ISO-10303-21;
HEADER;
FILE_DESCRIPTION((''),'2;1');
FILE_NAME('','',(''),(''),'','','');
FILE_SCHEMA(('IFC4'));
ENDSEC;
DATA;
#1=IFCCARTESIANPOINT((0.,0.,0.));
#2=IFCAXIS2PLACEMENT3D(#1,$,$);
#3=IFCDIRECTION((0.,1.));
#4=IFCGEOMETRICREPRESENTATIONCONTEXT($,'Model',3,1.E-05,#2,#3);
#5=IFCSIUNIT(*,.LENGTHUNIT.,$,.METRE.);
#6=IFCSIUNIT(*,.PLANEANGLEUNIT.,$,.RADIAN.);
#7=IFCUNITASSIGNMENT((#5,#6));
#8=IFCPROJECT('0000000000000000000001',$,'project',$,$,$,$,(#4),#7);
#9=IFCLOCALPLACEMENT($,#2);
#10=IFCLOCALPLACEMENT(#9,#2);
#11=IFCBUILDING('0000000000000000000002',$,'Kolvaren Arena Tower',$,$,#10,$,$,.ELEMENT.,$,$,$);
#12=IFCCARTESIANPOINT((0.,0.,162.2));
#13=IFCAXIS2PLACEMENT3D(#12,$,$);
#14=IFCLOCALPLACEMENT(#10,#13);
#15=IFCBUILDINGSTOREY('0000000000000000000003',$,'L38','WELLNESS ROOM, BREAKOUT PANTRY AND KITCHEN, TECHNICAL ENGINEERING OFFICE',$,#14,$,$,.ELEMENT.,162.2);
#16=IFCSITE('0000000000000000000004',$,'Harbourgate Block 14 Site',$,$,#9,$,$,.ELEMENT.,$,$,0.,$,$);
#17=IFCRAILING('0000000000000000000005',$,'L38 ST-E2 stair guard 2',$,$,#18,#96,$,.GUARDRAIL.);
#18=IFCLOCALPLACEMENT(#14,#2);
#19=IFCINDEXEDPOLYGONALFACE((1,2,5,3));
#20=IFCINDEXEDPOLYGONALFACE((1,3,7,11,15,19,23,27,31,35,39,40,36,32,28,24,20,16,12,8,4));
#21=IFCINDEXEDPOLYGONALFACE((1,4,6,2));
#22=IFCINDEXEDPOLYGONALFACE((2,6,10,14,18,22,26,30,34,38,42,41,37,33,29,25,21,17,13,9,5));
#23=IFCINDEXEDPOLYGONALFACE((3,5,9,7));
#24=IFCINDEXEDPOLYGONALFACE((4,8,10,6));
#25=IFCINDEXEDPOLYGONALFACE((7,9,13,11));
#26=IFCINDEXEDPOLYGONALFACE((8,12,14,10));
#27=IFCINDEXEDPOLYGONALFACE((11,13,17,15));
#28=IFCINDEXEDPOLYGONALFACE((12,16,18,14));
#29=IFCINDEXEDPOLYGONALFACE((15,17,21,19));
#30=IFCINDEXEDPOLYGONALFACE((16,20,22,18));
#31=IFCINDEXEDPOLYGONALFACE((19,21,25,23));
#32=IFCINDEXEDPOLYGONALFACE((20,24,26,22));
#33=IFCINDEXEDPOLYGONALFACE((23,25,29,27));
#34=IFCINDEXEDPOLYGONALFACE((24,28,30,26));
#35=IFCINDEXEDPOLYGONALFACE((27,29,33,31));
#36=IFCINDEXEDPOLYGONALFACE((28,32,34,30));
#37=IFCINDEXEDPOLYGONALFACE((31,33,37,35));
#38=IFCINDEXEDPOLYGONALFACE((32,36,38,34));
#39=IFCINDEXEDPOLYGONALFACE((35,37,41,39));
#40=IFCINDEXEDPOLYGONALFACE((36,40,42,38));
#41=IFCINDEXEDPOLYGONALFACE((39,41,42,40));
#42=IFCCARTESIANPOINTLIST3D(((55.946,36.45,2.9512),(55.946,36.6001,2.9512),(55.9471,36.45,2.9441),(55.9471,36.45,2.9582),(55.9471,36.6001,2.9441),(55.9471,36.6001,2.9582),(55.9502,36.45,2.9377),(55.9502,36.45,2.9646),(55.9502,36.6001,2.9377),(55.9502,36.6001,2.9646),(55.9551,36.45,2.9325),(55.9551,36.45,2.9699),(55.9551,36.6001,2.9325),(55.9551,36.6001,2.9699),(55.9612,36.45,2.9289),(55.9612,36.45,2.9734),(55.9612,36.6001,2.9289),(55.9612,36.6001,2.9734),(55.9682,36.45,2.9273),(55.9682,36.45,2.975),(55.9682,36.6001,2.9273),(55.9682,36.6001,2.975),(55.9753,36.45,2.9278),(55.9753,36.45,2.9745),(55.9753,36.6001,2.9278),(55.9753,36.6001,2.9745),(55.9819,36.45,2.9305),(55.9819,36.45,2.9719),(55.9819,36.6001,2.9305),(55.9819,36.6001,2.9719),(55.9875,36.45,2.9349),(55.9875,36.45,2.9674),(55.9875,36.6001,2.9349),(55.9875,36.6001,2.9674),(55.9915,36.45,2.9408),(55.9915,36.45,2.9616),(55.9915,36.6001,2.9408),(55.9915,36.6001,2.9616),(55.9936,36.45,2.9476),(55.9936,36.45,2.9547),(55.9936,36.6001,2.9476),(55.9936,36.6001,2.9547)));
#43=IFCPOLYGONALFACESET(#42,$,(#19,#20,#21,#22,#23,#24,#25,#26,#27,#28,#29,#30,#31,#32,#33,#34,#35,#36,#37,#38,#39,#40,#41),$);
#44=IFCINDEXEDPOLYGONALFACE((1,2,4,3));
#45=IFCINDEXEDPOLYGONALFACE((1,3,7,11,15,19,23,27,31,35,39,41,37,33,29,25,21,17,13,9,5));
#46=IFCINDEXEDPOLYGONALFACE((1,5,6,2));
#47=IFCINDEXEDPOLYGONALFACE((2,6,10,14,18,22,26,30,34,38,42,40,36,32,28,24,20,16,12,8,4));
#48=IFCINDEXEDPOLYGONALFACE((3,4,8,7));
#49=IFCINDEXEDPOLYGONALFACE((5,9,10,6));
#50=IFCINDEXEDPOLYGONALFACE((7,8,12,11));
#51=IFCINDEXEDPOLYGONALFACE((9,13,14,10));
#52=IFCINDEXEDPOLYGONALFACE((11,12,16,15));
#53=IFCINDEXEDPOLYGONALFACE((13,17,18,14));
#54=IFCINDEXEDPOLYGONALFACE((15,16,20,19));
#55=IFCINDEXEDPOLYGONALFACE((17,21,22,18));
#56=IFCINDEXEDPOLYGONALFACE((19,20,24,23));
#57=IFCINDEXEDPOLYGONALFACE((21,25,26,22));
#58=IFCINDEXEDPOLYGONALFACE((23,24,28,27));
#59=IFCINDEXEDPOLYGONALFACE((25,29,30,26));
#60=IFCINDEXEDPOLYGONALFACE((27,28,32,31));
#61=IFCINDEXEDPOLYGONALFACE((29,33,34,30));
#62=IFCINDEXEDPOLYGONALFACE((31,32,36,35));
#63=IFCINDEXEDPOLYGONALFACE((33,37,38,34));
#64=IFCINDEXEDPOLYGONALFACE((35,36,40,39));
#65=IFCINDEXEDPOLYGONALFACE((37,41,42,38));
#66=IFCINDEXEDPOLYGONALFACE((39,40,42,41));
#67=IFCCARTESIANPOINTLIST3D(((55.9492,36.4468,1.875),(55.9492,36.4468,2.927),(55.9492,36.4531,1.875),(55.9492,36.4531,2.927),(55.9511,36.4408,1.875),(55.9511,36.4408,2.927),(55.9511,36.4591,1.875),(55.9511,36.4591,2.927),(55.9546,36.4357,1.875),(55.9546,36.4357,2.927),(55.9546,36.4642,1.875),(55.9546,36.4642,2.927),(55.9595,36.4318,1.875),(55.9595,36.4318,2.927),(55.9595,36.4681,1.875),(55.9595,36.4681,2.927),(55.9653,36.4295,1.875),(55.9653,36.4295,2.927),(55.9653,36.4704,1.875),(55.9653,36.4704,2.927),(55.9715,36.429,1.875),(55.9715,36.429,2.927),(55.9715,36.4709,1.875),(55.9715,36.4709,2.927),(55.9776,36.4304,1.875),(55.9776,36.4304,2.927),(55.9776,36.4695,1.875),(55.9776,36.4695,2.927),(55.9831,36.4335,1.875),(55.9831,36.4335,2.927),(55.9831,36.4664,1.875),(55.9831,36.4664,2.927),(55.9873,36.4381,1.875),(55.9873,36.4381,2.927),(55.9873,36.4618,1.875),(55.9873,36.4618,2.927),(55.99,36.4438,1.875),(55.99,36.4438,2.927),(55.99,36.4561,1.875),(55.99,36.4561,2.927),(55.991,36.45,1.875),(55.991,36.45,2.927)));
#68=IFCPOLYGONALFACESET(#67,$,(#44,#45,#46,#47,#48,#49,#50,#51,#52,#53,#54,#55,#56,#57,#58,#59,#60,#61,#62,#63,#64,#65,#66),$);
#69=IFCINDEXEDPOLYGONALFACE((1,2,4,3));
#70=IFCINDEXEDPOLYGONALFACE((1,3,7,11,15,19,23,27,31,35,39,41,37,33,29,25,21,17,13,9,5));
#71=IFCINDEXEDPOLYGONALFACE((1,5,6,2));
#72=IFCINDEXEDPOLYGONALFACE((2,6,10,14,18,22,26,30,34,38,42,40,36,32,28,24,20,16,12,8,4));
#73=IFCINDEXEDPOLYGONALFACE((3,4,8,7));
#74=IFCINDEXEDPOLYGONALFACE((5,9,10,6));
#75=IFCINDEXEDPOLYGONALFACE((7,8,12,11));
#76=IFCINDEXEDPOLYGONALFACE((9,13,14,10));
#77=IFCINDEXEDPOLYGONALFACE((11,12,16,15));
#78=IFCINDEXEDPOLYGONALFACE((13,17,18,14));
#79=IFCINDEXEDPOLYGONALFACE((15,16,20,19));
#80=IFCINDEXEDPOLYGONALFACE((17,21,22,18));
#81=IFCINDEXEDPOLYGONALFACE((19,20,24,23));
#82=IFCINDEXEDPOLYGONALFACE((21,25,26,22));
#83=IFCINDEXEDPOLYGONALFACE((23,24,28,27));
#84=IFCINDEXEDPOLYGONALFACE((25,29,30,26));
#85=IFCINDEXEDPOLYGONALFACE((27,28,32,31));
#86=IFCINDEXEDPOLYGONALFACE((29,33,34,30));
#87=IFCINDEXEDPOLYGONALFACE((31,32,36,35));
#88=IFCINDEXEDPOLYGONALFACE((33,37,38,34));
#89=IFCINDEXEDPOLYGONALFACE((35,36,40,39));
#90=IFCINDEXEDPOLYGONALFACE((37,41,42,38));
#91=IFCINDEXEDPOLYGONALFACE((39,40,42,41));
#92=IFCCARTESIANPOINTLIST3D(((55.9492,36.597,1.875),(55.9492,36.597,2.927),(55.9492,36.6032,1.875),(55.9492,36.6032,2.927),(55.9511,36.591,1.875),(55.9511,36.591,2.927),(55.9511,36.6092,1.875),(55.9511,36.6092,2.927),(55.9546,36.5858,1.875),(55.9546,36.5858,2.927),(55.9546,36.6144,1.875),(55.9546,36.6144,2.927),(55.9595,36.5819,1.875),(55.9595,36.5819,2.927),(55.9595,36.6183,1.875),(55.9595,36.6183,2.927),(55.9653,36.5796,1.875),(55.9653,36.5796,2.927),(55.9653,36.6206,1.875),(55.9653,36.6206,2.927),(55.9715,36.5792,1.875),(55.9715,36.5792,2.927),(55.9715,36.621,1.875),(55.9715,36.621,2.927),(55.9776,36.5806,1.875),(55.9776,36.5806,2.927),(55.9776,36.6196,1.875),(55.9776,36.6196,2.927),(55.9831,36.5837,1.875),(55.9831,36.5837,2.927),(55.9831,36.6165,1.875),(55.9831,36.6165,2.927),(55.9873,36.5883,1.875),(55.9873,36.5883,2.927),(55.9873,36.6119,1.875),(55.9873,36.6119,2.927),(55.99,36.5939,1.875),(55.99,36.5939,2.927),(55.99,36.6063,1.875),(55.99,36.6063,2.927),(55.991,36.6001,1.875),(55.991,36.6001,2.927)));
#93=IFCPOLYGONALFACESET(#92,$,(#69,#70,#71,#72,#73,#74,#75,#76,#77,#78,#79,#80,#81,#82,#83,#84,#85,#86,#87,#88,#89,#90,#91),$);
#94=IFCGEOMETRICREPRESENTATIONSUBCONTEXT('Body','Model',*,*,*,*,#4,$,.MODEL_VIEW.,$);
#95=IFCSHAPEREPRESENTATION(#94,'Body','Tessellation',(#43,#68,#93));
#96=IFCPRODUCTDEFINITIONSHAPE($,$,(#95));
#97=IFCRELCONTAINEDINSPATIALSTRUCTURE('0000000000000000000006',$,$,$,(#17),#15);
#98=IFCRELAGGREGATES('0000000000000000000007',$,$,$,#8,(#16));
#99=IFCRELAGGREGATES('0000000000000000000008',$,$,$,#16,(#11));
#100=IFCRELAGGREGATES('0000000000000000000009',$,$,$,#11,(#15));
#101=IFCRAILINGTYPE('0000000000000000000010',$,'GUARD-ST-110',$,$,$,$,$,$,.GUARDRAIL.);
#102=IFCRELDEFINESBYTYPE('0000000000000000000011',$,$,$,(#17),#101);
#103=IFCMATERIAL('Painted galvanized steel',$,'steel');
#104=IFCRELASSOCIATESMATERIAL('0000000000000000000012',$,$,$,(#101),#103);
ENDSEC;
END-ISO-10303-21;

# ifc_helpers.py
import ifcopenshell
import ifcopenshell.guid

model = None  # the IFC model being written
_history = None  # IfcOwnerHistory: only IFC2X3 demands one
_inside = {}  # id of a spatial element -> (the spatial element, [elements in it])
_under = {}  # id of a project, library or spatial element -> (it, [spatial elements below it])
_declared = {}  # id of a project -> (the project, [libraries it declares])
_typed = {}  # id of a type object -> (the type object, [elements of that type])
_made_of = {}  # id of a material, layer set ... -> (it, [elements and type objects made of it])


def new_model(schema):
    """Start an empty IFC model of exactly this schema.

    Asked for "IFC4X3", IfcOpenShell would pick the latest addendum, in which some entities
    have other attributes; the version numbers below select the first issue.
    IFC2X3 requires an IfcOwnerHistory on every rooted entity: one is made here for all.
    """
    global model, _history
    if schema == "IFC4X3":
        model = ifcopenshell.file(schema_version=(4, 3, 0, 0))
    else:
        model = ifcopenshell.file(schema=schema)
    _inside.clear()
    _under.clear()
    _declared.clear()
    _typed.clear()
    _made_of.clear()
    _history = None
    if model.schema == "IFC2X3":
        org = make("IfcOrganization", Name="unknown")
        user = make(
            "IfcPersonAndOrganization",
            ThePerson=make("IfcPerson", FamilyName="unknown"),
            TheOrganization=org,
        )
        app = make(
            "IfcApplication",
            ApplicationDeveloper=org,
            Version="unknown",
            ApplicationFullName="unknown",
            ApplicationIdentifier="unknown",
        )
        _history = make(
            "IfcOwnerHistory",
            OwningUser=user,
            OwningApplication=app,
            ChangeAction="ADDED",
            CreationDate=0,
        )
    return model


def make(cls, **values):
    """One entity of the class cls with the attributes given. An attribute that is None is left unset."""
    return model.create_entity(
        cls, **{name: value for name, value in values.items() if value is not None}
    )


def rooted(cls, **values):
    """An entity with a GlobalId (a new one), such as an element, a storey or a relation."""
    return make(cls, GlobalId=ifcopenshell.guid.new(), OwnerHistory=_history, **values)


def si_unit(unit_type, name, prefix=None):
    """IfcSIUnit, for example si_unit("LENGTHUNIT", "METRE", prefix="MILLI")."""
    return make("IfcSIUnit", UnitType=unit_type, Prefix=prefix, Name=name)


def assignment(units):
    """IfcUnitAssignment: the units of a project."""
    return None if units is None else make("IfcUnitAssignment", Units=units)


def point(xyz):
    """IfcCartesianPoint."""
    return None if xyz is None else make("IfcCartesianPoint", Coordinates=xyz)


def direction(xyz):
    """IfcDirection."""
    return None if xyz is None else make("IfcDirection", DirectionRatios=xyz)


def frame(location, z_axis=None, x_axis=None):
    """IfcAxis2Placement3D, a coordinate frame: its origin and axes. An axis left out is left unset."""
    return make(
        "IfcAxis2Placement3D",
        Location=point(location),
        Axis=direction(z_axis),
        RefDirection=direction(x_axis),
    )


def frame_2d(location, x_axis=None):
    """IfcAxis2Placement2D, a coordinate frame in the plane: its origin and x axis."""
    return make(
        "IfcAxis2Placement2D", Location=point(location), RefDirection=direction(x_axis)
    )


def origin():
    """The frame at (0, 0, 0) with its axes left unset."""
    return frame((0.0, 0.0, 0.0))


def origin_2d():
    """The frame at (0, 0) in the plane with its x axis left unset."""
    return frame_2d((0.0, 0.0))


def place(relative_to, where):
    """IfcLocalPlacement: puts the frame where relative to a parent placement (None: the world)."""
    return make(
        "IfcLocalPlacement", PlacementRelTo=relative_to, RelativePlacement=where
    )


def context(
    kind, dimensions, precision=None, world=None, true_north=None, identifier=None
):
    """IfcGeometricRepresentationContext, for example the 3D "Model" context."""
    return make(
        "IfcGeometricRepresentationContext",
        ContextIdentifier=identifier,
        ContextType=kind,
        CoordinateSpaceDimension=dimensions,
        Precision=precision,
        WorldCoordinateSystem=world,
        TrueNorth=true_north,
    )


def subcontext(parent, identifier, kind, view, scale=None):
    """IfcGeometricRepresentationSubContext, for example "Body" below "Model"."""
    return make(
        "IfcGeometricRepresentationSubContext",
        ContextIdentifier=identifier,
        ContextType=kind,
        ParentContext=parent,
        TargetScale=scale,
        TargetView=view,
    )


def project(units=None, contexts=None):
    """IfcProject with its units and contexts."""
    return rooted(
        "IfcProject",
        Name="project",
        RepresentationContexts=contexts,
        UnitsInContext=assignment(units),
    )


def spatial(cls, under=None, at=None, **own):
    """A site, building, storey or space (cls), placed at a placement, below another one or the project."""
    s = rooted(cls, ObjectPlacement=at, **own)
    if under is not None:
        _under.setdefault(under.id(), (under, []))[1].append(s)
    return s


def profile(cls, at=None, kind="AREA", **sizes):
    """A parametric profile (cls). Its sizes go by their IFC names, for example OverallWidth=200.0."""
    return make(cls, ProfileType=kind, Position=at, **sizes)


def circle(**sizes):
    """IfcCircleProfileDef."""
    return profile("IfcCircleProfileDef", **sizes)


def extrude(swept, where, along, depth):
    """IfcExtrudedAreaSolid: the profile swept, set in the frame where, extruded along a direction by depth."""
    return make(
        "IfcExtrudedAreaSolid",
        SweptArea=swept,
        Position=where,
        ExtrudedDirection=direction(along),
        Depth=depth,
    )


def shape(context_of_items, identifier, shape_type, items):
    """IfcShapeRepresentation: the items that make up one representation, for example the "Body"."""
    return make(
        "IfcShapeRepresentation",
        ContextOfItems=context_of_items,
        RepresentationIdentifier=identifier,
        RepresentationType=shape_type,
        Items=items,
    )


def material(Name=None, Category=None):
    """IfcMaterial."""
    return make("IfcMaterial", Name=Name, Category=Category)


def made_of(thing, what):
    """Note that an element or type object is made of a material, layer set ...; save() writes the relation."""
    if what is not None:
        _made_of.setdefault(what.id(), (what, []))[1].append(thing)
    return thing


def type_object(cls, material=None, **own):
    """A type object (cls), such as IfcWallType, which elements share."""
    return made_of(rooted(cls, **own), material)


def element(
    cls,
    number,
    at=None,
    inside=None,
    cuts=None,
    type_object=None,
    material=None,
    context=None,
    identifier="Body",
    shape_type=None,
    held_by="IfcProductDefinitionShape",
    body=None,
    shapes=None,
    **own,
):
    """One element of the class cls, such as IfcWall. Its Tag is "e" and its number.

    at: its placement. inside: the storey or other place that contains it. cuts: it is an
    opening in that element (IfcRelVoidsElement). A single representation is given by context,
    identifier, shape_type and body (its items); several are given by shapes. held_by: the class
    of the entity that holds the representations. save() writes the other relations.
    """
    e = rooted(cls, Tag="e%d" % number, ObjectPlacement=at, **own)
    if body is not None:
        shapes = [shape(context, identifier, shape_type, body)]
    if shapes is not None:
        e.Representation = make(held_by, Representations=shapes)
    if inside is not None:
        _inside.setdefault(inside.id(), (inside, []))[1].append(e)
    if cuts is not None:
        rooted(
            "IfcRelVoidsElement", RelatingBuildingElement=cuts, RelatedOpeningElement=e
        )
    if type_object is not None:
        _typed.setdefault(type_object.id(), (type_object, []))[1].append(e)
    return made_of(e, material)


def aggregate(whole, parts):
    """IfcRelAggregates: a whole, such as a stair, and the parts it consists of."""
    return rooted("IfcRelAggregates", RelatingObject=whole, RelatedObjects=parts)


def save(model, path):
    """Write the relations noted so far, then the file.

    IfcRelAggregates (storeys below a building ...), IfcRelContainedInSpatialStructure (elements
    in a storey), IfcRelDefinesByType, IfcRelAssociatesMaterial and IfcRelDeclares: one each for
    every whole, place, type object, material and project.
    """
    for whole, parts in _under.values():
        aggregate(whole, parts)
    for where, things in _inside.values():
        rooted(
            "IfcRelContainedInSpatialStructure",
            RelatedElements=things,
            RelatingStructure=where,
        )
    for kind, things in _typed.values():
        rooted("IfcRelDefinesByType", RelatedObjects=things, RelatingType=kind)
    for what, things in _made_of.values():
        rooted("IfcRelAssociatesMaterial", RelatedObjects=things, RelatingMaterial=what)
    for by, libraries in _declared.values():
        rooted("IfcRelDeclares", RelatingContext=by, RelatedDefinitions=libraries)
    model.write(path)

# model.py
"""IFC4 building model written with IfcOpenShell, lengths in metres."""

from ifc_helpers import new_model, si_unit, direction, frame, origin, origin_2d, place, context, subcontext, project, spatial, circle, extrude, material, type_object, element, save


model = new_model("IFC4")

# Units and contexts
model_context = context("Model", 3, precision=1e-05, world=origin(), true_north=direction((0.0, 1.0)))
body_context = subcontext(model_context, "Body", "Model", "MODEL_VIEW")
ifc_project = project(units=[si_unit("LENGTHUNIT", "METRE"), si_unit("PLANEANGLEUNIT", "RADIAN")], contexts=[model_context])

# Site, building, storey
site_placement = place(None, origin())
site = spatial("IfcSite", under=ifc_project, at=site_placement, Name="Harbourgate Block 14 Site", CompositionType="ELEMENT", RefElevation=0.0)
building_placement = place(site_placement, origin())
building = spatial("IfcBuilding", under=site, at=building_placement, Name="Kolvaren Arena Tower", CompositionType="ELEMENT")
storey_placement = place(building_placement, frame((0.0, 0.0, 162.2)))
storey = spatial("IfcBuildingStorey", under=building, at=storey_placement, Name="L38", Description="WELLNESS ROOM, BREAKOUT PANTRY AND KITCHEN, TECHNICAL ENGINEERING OFFICE", CompositionType="ELEMENT", Elevation=162.2)

# Railing
ifc_material_1 = material(Name="Painted galvanized steel", Category="steel")
railing_type_1 = type_object("IfcRailingType", Name="GUARD-ST-110", PredefinedType="GUARDRAIL", material=ifc_material_1)
railing_1_placement = place(storey_placement, frame((55.97, 36.45, 1.875)))
element("IfcRailing", 1, at=railing_1_placement, inside=storey, type_object=railing_type_1, Name="L38 ST-E2 stair guard 2", PredefinedType="GUARDRAIL", context=body_context, shape_type="SweptSolid", body=[
    extrude(circle(Radius=0.0239, at=origin_2d()), frame((0.0, 0.0, 1.0762), z_axis=(0.0, 1.0, 0.0), x_axis=(-1.0, 0.0, 0.0)), (0.0, 0.0, 1.0), 0.1501),
    extrude(circle(Radius=0.021, at=origin_2d()), origin(), (0.0, 0.0, 1.0), 1.052),
    extrude(circle(Radius=0.021, at=origin_2d()), frame((0.0, 0.1501, 0.0)), (0.0, 0.0, 1.0), 1.052),
])

save(model, "model.ifc")
